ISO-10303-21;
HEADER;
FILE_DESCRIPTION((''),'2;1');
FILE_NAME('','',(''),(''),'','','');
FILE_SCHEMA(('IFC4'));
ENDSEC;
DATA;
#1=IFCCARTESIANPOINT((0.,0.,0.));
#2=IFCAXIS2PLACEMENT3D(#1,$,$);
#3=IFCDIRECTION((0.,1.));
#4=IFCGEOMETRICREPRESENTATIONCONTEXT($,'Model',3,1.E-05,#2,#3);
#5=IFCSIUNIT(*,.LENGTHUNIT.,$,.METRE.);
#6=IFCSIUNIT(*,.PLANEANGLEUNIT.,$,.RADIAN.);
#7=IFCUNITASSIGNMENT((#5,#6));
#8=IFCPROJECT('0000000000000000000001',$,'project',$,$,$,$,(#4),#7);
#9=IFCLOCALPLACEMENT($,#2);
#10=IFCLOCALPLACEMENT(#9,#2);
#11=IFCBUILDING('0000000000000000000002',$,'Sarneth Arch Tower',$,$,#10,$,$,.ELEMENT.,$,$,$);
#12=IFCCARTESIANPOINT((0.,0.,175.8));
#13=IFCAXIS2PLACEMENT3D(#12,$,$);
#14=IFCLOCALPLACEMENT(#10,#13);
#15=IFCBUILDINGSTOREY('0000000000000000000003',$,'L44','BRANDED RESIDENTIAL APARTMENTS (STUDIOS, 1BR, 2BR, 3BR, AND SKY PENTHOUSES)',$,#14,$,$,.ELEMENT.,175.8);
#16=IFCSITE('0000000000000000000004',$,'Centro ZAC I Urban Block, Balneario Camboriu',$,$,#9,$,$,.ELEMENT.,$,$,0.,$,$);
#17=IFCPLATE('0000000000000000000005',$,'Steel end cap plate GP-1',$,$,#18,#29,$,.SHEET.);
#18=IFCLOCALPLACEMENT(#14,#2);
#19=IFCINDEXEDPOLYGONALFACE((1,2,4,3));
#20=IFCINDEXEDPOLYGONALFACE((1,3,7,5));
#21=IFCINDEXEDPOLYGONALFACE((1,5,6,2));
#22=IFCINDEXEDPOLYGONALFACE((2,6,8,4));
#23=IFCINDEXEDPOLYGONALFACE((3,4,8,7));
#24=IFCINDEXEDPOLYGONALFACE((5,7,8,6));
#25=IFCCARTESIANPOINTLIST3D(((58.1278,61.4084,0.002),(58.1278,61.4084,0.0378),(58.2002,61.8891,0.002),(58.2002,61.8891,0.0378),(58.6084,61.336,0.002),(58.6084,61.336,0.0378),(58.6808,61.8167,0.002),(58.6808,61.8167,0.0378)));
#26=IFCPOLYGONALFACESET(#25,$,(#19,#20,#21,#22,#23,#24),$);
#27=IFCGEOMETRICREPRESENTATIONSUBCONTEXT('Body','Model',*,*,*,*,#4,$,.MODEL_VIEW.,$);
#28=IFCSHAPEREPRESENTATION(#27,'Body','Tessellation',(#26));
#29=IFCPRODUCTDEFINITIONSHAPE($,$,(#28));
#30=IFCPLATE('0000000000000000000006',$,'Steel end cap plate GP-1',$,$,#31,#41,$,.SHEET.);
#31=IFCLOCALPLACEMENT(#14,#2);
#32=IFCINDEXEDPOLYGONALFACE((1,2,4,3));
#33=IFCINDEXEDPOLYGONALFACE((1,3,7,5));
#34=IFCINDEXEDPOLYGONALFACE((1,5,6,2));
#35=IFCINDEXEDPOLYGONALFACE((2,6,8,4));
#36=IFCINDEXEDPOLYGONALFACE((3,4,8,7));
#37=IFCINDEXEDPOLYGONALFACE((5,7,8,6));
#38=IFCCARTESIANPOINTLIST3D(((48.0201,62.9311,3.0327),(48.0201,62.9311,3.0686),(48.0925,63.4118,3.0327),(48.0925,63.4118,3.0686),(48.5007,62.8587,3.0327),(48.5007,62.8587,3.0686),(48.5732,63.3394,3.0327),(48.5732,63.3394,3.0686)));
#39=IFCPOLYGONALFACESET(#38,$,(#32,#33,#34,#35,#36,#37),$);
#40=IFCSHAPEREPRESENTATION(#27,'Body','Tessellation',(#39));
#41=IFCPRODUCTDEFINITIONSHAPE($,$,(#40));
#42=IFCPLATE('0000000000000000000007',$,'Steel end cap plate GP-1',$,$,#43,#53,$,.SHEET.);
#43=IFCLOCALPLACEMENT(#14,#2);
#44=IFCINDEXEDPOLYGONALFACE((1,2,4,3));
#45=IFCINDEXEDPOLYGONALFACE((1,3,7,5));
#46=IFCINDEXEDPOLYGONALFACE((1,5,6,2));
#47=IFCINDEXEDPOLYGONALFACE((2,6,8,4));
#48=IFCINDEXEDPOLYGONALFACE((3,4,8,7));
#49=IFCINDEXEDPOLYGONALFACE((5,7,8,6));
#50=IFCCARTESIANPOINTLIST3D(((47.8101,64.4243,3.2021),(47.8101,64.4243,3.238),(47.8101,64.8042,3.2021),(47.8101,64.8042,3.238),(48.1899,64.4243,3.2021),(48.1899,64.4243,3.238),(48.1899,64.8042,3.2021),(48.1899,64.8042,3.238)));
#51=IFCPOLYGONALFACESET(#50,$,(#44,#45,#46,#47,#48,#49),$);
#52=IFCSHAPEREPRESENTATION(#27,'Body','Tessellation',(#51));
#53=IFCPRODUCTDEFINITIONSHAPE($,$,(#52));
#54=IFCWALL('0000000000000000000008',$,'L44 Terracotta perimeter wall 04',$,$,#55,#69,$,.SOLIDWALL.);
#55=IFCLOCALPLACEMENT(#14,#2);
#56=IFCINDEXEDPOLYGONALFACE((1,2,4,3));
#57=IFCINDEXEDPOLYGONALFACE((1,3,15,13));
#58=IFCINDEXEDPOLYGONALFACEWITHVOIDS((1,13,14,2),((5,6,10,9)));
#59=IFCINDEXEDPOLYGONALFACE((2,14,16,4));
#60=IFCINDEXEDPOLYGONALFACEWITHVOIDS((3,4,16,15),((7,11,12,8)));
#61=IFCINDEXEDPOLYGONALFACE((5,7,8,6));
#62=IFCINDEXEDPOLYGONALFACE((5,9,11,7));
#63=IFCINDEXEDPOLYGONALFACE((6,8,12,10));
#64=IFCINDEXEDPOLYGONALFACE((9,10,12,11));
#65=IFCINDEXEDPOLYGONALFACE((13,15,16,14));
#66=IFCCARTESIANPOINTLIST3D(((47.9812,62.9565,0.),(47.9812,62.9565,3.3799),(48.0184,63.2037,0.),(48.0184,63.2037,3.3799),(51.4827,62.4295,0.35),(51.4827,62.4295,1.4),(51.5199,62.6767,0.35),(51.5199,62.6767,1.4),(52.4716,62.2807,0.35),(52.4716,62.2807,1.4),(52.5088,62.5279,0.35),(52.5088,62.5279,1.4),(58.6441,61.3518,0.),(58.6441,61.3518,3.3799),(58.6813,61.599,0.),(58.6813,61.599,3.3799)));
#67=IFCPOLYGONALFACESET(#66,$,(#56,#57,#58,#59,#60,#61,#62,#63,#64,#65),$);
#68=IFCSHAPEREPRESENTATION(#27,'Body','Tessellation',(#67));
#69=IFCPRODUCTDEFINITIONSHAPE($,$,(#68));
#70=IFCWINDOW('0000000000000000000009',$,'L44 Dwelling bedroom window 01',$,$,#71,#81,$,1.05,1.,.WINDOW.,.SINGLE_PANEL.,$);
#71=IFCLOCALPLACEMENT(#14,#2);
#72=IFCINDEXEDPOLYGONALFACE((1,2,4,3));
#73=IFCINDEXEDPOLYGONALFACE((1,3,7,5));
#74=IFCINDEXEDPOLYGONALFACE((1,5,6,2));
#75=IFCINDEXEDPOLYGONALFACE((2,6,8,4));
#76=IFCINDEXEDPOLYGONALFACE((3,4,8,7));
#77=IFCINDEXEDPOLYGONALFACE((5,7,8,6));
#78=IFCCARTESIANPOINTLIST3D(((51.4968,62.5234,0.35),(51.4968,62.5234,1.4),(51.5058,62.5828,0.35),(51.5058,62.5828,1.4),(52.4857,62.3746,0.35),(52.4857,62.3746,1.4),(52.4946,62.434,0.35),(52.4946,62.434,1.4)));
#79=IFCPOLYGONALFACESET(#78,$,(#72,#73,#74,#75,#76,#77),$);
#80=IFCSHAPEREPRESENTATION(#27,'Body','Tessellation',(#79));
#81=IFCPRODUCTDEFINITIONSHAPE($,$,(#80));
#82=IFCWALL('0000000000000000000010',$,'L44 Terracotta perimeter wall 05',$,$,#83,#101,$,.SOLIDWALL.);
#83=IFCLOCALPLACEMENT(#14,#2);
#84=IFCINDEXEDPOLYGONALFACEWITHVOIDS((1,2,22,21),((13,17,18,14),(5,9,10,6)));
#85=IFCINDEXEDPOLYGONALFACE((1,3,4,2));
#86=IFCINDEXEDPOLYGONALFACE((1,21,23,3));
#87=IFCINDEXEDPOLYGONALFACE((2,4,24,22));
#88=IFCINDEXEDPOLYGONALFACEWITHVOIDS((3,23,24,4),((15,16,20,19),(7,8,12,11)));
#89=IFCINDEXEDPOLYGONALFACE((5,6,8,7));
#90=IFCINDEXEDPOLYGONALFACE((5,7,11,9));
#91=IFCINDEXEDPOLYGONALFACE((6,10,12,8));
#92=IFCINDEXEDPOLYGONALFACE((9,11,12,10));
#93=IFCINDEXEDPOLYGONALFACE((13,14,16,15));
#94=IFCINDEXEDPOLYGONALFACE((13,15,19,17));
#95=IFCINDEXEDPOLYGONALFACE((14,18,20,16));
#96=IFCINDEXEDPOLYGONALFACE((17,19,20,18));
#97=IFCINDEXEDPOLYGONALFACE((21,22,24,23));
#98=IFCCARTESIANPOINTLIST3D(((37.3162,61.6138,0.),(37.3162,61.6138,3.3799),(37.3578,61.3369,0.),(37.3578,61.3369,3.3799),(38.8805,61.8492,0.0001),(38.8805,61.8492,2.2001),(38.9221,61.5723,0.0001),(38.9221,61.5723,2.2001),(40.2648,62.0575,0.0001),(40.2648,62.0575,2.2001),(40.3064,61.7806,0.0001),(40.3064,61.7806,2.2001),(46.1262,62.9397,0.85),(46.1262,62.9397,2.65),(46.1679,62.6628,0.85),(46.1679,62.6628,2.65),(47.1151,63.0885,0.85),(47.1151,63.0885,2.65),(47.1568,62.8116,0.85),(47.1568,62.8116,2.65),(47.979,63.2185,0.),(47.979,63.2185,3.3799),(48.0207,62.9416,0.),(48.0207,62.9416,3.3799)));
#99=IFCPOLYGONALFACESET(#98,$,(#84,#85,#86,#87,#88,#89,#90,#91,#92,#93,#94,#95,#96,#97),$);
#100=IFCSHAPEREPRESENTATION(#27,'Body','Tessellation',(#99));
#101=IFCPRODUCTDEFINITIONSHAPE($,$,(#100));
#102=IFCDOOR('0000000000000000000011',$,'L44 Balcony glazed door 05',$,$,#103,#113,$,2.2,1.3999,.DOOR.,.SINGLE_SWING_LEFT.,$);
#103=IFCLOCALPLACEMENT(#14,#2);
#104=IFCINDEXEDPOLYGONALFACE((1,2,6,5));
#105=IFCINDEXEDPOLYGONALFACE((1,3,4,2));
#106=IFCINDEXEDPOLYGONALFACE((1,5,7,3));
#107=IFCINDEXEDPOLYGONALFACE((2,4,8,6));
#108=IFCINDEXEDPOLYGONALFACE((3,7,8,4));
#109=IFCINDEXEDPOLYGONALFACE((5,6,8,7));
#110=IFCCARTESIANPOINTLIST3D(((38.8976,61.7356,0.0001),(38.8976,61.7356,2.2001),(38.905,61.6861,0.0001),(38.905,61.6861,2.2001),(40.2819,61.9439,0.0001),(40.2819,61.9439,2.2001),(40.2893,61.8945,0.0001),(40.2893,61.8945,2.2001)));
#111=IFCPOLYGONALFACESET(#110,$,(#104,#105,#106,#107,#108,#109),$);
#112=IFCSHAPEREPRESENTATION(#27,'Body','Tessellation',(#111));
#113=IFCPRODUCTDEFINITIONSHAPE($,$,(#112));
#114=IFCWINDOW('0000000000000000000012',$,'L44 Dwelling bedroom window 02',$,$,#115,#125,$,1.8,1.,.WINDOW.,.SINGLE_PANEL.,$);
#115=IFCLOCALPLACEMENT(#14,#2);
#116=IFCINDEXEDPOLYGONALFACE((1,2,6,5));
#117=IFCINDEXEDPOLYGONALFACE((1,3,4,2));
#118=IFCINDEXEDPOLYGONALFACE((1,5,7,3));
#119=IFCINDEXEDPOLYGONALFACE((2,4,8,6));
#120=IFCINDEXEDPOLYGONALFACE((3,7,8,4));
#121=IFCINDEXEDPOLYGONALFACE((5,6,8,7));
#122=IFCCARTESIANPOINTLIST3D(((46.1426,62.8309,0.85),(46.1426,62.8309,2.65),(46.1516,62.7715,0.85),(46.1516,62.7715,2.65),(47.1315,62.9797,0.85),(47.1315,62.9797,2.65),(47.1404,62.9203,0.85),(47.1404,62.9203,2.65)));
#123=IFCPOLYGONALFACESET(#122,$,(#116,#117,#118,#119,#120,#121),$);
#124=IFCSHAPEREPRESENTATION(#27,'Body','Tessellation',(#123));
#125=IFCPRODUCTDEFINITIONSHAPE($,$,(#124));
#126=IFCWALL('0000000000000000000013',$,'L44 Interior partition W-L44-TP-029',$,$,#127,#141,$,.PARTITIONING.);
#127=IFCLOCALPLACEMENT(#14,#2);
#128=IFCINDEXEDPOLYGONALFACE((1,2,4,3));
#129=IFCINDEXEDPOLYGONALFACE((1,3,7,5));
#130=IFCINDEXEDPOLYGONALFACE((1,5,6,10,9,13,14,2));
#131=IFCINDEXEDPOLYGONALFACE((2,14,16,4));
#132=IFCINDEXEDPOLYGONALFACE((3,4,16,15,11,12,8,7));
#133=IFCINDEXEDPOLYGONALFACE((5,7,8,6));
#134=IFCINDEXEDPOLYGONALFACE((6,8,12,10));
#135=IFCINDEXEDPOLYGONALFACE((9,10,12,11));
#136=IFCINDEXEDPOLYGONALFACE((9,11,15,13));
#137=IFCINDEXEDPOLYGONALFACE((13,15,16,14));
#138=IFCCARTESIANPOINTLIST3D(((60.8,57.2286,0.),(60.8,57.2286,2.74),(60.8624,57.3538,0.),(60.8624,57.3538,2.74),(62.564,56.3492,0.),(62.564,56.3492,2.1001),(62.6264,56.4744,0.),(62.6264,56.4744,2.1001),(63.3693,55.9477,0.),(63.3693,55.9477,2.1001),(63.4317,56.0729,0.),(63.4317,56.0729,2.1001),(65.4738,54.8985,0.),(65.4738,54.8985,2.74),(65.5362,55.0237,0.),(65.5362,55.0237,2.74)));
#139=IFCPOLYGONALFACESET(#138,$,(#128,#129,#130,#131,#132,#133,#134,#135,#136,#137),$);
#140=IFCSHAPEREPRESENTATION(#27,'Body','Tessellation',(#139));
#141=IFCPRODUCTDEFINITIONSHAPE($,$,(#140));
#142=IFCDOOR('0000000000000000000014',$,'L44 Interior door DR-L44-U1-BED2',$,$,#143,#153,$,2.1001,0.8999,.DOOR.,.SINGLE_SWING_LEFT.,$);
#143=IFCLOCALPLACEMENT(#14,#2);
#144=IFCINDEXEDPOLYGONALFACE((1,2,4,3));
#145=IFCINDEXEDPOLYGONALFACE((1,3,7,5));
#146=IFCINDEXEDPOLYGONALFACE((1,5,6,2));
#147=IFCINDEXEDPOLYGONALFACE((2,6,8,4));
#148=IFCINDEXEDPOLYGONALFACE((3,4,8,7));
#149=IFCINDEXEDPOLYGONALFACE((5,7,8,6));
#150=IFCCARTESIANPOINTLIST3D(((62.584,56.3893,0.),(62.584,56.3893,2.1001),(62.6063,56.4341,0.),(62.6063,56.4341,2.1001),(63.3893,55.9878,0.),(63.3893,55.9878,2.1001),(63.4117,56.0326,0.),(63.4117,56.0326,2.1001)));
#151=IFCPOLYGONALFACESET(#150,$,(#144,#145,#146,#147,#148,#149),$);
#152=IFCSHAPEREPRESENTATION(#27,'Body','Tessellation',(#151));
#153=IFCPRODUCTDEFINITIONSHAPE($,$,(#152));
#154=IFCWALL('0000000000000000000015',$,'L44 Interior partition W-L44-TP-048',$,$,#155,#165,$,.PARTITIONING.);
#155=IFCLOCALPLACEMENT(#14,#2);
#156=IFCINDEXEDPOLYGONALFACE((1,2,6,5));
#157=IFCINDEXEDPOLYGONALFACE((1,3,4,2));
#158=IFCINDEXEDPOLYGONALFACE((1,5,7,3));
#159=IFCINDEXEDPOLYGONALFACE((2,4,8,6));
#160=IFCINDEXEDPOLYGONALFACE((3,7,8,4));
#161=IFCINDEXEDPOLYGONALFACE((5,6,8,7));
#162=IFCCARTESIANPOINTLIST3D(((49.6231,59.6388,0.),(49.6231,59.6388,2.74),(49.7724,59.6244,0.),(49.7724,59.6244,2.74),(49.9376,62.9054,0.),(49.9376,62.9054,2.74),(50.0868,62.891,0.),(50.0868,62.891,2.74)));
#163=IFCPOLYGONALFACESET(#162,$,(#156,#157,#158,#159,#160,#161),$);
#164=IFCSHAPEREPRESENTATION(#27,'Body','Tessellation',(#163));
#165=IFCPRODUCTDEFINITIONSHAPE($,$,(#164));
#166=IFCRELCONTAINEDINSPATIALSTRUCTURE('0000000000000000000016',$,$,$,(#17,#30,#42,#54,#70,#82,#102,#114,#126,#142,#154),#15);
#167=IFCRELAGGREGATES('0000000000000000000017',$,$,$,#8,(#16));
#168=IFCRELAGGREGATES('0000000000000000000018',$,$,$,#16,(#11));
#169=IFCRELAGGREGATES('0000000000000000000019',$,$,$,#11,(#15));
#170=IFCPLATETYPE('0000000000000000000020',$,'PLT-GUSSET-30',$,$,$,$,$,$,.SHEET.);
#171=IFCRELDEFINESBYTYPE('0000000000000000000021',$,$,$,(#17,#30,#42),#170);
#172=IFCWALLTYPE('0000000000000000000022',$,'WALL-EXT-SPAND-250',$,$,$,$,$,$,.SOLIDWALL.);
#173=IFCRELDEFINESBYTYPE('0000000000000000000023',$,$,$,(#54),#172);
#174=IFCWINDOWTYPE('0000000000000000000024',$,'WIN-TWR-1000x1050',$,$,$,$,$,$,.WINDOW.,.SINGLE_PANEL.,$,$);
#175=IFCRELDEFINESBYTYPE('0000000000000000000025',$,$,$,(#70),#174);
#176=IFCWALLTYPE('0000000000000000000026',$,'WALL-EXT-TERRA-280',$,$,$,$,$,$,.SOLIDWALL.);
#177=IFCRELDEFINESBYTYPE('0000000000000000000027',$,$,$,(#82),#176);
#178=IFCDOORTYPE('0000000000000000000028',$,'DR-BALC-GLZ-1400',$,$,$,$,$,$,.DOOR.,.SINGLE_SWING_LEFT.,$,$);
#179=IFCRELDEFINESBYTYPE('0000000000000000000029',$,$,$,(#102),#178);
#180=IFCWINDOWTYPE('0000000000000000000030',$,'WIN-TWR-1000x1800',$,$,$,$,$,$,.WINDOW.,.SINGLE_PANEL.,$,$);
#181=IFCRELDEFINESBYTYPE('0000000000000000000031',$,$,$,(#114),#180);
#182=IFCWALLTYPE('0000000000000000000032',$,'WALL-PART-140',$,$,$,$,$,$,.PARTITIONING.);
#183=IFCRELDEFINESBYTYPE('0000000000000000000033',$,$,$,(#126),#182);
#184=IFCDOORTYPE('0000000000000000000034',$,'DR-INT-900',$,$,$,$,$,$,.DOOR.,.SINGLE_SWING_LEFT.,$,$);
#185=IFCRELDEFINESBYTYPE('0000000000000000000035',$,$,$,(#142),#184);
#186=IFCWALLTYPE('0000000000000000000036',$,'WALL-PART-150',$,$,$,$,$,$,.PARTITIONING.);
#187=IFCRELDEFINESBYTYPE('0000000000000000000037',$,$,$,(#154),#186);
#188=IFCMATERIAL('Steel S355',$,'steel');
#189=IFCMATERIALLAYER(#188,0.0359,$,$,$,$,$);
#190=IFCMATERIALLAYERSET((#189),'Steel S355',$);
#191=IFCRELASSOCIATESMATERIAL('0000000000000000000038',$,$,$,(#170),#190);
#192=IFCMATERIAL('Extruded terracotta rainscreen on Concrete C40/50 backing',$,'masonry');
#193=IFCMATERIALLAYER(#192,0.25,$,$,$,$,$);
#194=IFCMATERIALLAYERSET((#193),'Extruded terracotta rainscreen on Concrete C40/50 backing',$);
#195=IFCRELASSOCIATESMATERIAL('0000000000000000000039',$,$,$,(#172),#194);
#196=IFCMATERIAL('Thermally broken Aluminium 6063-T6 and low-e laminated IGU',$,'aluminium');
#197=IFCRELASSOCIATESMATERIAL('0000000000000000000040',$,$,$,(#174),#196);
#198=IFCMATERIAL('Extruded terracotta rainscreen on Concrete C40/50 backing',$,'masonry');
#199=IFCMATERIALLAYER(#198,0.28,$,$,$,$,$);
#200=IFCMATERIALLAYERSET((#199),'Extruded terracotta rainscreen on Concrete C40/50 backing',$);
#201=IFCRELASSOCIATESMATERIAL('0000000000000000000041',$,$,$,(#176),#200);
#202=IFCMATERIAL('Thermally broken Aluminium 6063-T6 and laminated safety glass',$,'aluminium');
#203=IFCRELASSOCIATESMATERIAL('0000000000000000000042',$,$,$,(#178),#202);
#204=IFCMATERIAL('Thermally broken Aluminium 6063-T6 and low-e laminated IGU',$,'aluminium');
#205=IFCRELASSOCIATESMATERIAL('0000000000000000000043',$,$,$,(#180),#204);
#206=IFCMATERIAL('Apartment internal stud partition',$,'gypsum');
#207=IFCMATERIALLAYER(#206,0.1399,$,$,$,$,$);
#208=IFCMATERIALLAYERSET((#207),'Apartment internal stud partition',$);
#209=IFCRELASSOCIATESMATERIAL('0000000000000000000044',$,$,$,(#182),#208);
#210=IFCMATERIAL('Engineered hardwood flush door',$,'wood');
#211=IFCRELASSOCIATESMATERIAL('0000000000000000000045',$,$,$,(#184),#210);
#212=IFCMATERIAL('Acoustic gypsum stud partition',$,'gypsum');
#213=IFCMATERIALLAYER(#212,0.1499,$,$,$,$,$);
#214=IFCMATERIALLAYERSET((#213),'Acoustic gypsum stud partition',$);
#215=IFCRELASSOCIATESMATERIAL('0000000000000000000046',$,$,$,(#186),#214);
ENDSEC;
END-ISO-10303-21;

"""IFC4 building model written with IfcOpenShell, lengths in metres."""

from ifc_helpers import new_model, si_unit, direction, frame, frame_2d, origin, origin_2d, place, context, subcontext, project, spatial, rectangle, extrude, material, layer, layer_set, type_object, element, fill, save


model = new_model("IFC4")

# Units and contexts
model_context = context("Model", 3, precision=1e-05, world=origin(), true_north=direction((0.0, 1.0)))
body_context = subcontext(model_context, "Body", "Model", "MODEL_VIEW")
ifc_project = project(units=[si_unit("LENGTHUNIT", "METRE"), si_unit("PLANEANGLEUNIT", "RADIAN")], contexts=[model_context])

# Site, building, storey
site_placement = place(None, origin())
site = spatial("IfcSite", under=ifc_project, at=site_placement, Name="Centro ZAC I Urban Block, Balneario Camboriu", CompositionType="ELEMENT", RefElevation=0.0)
building_placement = place(site_placement, origin())
building = spatial("IfcBuilding", under=site, at=building_placement, Name="Sarneth Arch Tower", CompositionType="ELEMENT")
storey_placement = place(building_placement, frame((0.0, 0.0, 175.8)))
storey = spatial("IfcBuildingStorey", under=building, at=storey_placement, Name="L44", Description="BRANDED RESIDENTIAL APARTMENTS (STUDIOS, 1BR, 2BR, 3BR, AND SKY PENTHOUSES)", CompositionType="ELEMENT", Elevation=175.8)

# Plates
ifc_material_1 = material(Name="Steel S355", Category="steel")
ifc_layer_1 = layer(ifc_material_1, 0.0359)
ifc_layer_set_1 = layer_set([ifc_layer_1], Name="Steel S355")
plate_type = type_object("IfcPlateType", Name="PLT-GUSSET-30", PredefinedType="SHEET", material=ifc_layer_set_1)
for number, where, z_axis, x_axis, name in (
    (1, (58.4043, 61.6125, 0.002), (0.0, 0.0, 1.0), (-0.988835, 0.149018, 0.0), "Steel end cap plate GP-1"),
    (2, (48.2966, 63.1353, 3.0327), (0.0, 0.0, 1.0), (-0.988835, 0.149018, 0.0), "Steel end cap plate GP-1"),
):
    element("IfcPlate", number, at=place(storey_placement, frame(where, z_axis=z_axis, x_axis=x_axis)), inside=storey, type_object=plate_type, Name=name, PredefinedType="SHEET", context=body_context, shape_type="SweptSolid", body=[
        extrude(rectangle(XDim=0.4861, YDim=0.4861, at=origin_2d()), origin(), (0.0, 0.0, 1.0), 0.0359),
    ])
plate_placement = place(storey_placement, frame((48.0, 64.6143, 3.2021), z_axis=(0.0, 0.0, 1.0), x_axis=(0.0, 1.0, 0.0)))
element("IfcPlate", 3, at=plate_placement, inside=storey, type_object=plate_type, Name="Steel end cap plate GP-1", PredefinedType="SHEET", context=body_context, shape_type="SweptSolid", body=[
    extrude(rectangle(XDim=0.3799, YDim=0.3799, at=origin_2d()), origin(), (0.0, 0.0, 1.0), 0.0359),
])

# Wall, opening, window
ifc_material_2 = material(Name="Extruded terracotta rainscreen on Concrete C40/50 backing", Category="masonry")
ifc_layer_2 = layer(ifc_material_2, 0.25)
ifc_layer_set_2 = layer_set([ifc_layer_2], Name="Extruded terracotta rainscreen on Concrete C40/50 backing")
wall_type_1 = type_object("IfcWallType", Name="WALL-EXT-SPAND-250", PredefinedType="SOLIDWALL", material=ifc_layer_set_2)
wall_1_placement = place(storey_placement, frame((58.6628, 61.4753, 0.0), z_axis=(0.0, 0.0, 1.0), x_axis=(-0.988864, 0.148822, 0.0)))
wall_1 = element("IfcWall", 4, at=wall_1_placement, inside=storey, type_object=wall_type_1, Name="L44 Terracotta perimeter wall 04", PredefinedType="SOLIDWALL", context=body_context, shape_type="SweptSolid", body=[
    extrude(rectangle(XDim=10.783, YDim=0.25, at=frame_2d((5.3916, 0.0))), origin(), (0.0, 0.0, 1.0), 3.3799),
])
opening_1_placement = place(wall_1_placement, frame((6.2422, 0.0, 0.3501)))
opening_1 = element("IfcOpeningElement", 5, at=opening_1_placement, cuts=wall_1, PredefinedType="OPENING", context=body_context, shape_type="SweptSolid", body=[
    extrude(rectangle(XDim=1.0, YDim=1.05, at=frame_2d((0.5, 0.5249))), frame((0.0, 0.135, 0.0), z_axis=(0.0, -1.0, 0.0), x_axis=(1.0, 0.0, 0.0)), (0.0, 0.0, 1.0), 0.27),
])
ifc_material_3 = material(Name="Thermally broken Aluminium 6063-T6 and low-e laminated IGU", Category="aluminium")
window_type_1 = type_object("IfcWindowType", Name="WIN-TWR-1000x1050", PartitioningType="SINGLE_PANEL", PredefinedType="WINDOW", material=ifc_material_3)
window_1_placement = place(opening_1_placement, origin())
window_1 = element("IfcWindow", 6, at=window_1_placement, inside=storey, type_object=window_type_1, Name="L44 Dwelling bedroom window 01", OverallHeight=1.05, OverallWidth=1.0, PartitioningType="SINGLE_PANEL", PredefinedType="WINDOW", context=body_context, shape_type="SweptSolid", body=[
    extrude(rectangle(XDim=1.0, YDim=1.05, at=frame_2d((0.5, 0.5249))), frame((0.0, 0.03, 0.0), z_axis=(0.0, -1.0, 0.0), x_axis=(1.0, 0.0, 0.0)), (0.0, 0.0, 1.0), 0.0601),
])
fill(opening_1, window_1)

# Wall, openings, door, window
ifc_material_4 = material(Name="Extruded terracotta rainscreen on Concrete C40/50 backing", Category="masonry")
ifc_layer_3 = layer(ifc_material_4, 0.28)
ifc_layer_set_3 = layer_set([ifc_layer_3], Name="Extruded terracotta rainscreen on Concrete C40/50 backing")
wall_type_2 = type_object("IfcWallType", Name="WALL-EXT-TERRA-280", PredefinedType="SOLIDWALL", material=ifc_layer_set_3)
wall_2_placement = place(storey_placement, frame((48.0, 63.0801, 0.0), z_axis=(0.0, 0.0, 1.0), x_axis=(-0.988864, -0.148822, 0.0)))
wall_2 = element("IfcWall", 7, at=wall_2_placement, inside=storey, type_object=wall_type_2, Name="L44 Terracotta perimeter wall 05", PredefinedType="SOLIDWALL", context=body_context, shape_type="SweptSolid", body=[
    extrude(rectangle(XDim=10.783, YDim=0.28, at=frame_2d((5.3916, 0.0))), origin(), (0.0, 0.0, 1.0), 3.3799),
])
opening_2_placement = place(wall_2_placement, frame((7.8013, 0.0, 0.0)))
opening_2 = element("IfcOpeningElement", 8, at=opening_2_placement, cuts=wall_2, PredefinedType="OPENING", context=body_context, shape_type="SweptSolid", body=[
    extrude(rectangle(XDim=1.3999, YDim=2.2, at=frame_2d((0.7, 1.1001))), frame((0.0, 0.1499, 0.0), z_axis=(0.0, -1.0, 0.0), x_axis=(1.0, 0.0, 0.0)), (0.0, 0.0, 1.0), 0.3),
])
opening_3_placement = place(wall_2_placement, frame((0.8738, 0.0, 0.8501)))
opening_3 = element("IfcOpeningElement", 9, at=opening_3_placement, cuts=wall_2, PredefinedType="OPENING", context=body_context, shape_type="SweptSolid", body=[
    extrude(rectangle(XDim=1.0, YDim=1.8, at=frame_2d((0.5, 0.8999))), frame((0.0, 0.1499, 0.0), z_axis=(0.0, -1.0, 0.0), x_axis=(1.0, 0.0, 0.0)), (0.0, 0.0, 1.0), 0.3),
])
ifc_material_5 = material(Name="Thermally broken Aluminium 6063-T6 and laminated safety glass", Category="aluminium")
door_type_1 = type_object("IfcDoorType", Name="DR-BALC-GLZ-1400", OperationType="SINGLE_SWING_LEFT", PredefinedType="DOOR", material=ifc_material_5)
door_1_placement = place(opening_2_placement, origin())
door_1 = element("IfcDoor", 10, at=door_1_placement, inside=storey, type_object=door_type_1, Name="L44 Balcony glazed door 05", OperationType="SINGLE_SWING_LEFT", OverallHeight=2.2, OverallWidth=1.3999, PredefinedType="DOOR", context=body_context, shape_type="SweptSolid", body=[
    extrude(rectangle(XDim=1.3999, YDim=2.2, at=frame_2d((0.7, 1.1001))), frame((0.0, 0.0249, 0.0), z_axis=(0.0, -1.0, 0.0), x_axis=(1.0, 0.0, 0.0)), (0.0, 0.0, 1.0), 0.05),
])
fill(opening_2, door_1)
ifc_material_6 = material(Name="Thermally broken Aluminium 6063-T6 and low-e laminated IGU", Category="aluminium")
window_type_2 = type_object("IfcWindowType", Name="WIN-TWR-1000x1800", PartitioningType="SINGLE_PANEL", PredefinedType="WINDOW", material=ifc_material_6)
window_2_placement = place(opening_3_placement, origin())
window_2 = element("IfcWindow", 11, at=window_2_placement, inside=storey, type_object=window_type_2, Name="L44 Dwelling bedroom window 02", OverallHeight=1.8, OverallWidth=1.0, PartitioningType="SINGLE_PANEL", PredefinedType="WINDOW", context=body_context, shape_type="SweptSolid", body=[
    extrude(rectangle(XDim=1.0, YDim=1.8, at=frame_2d((0.5, 0.8999))), frame((0.0, 0.03, 0.0), z_axis=(0.0, -1.0, 0.0), x_axis=(1.0, 0.0, 0.0)), (0.0, 0.0, 1.0), 0.0601),
])
fill(opening_3, window_2)

# Wall, opening, door
ifc_material_7 = material(Name="Apartment internal stud partition", Category="gypsum")
ifc_layer_4 = layer(ifc_material_7, 0.1399)
ifc_layer_set_4 = layer_set([ifc_layer_4], Name="Apartment internal stud partition")
wall_type_3 = type_object("IfcWallType", Name="WALL-PART-140", PredefinedType="PARTITIONING", material=ifc_layer_set_4)
wall_3_placement = place(storey_placement, frame((60.8311, 57.2913, 0.0), z_axis=(0.0, 0.0, 1.0), x_axis=(0.89495, -0.446166, 0.0)))
wall_3 = element("IfcWall", 12, at=wall_3_placement, inside=storey, type_object=wall_type_3, Name="L44 Interior partition W-L44-TP-029", PredefinedType="PARTITIONING", context=body_context, shape_type="SweptSolid", body=[
    extrude(rectangle(XDim=5.2224, YDim=0.1399, at=frame_2d((2.6113, 0.0))), origin(), (0.0, 0.0, 1.0), 2.74),
])
opening_4_placement = place(wall_3_placement, frame((1.9712, 0.0, 0.0)))
opening_4 = element("IfcOpeningElement", 13, at=opening_4_placement, cuts=wall_3, PredefinedType="OPENING", context=body_context, shape_type="SweptSolid", body=[
    extrude(rectangle(XDim=0.8999, YDim=2.1001, at=frame_2d((0.45, 1.05))), frame((0.0, 0.0798, 0.0), z_axis=(0.0, -1.0, 0.0), x_axis=(1.0, 0.0, 0.0)), (0.0, 0.0, 1.0), 0.1599),
])
ifc_material_8 = material(Name="Engineered hardwood flush door", Category="wood")
door_type_2 = type_object("IfcDoorType", Name="DR-INT-900", OperationType="SINGLE_SWING_LEFT", PredefinedType="DOOR", material=ifc_material_8)
door_2_placement = place(opening_4_placement, origin())
door_2 = element("IfcDoor", 14, at=door_2_placement, inside=storey, type_object=door_type_2, Name="L44 Interior door DR-L44-U1-BED2", OperationType="SINGLE_SWING_LEFT", OverallHeight=2.1001, OverallWidth=0.8999, PredefinedType="DOOR", context=body_context, shape_type="SweptSolid", body=[
    extrude(rectangle(XDim=0.8999, YDim=2.1001, at=frame_2d((0.45, 1.05))), frame((0.0, 0.0249, 0.0), z_axis=(0.0, -1.0, 0.0), x_axis=(1.0, 0.0, 0.0)), (0.0, 0.0, 1.0), 0.05),
])
fill(opening_4, door_2)

# Wall
ifc_material_9 = material(Name="Acoustic gypsum stud partition", Category="gypsum")
ifc_layer_5 = layer(ifc_material_9, 0.1499)
ifc_layer_set_5 = layer_set([ifc_layer_5], Name="Acoustic gypsum stud partition")
wall_type_4 = type_object("IfcWallType", Name="WALL-PART-150", PredefinedType="PARTITIONING", material=ifc_layer_set_5)
wall_4_placement = place(storey_placement, frame((49.6978, 59.6316, 0.0), z_axis=(0.0, 0.0, 1.0), x_axis=(0.09582, 0.995399, 0.0)))
element("IfcWall", 15, at=wall_4_placement, inside=storey, type_object=wall_type_4, Name="L44 Interior partition W-L44-TP-048", PredefinedType="PARTITIONING", context=body_context, shape_type="SweptSolid", body=[
    extrude(rectangle(XDim=3.2817, YDim=0.1499, at=frame_2d((1.6409, 0.0))), origin(), (0.0, 0.0, 1.0), 2.74),
])

save(model, "model.ifc")
